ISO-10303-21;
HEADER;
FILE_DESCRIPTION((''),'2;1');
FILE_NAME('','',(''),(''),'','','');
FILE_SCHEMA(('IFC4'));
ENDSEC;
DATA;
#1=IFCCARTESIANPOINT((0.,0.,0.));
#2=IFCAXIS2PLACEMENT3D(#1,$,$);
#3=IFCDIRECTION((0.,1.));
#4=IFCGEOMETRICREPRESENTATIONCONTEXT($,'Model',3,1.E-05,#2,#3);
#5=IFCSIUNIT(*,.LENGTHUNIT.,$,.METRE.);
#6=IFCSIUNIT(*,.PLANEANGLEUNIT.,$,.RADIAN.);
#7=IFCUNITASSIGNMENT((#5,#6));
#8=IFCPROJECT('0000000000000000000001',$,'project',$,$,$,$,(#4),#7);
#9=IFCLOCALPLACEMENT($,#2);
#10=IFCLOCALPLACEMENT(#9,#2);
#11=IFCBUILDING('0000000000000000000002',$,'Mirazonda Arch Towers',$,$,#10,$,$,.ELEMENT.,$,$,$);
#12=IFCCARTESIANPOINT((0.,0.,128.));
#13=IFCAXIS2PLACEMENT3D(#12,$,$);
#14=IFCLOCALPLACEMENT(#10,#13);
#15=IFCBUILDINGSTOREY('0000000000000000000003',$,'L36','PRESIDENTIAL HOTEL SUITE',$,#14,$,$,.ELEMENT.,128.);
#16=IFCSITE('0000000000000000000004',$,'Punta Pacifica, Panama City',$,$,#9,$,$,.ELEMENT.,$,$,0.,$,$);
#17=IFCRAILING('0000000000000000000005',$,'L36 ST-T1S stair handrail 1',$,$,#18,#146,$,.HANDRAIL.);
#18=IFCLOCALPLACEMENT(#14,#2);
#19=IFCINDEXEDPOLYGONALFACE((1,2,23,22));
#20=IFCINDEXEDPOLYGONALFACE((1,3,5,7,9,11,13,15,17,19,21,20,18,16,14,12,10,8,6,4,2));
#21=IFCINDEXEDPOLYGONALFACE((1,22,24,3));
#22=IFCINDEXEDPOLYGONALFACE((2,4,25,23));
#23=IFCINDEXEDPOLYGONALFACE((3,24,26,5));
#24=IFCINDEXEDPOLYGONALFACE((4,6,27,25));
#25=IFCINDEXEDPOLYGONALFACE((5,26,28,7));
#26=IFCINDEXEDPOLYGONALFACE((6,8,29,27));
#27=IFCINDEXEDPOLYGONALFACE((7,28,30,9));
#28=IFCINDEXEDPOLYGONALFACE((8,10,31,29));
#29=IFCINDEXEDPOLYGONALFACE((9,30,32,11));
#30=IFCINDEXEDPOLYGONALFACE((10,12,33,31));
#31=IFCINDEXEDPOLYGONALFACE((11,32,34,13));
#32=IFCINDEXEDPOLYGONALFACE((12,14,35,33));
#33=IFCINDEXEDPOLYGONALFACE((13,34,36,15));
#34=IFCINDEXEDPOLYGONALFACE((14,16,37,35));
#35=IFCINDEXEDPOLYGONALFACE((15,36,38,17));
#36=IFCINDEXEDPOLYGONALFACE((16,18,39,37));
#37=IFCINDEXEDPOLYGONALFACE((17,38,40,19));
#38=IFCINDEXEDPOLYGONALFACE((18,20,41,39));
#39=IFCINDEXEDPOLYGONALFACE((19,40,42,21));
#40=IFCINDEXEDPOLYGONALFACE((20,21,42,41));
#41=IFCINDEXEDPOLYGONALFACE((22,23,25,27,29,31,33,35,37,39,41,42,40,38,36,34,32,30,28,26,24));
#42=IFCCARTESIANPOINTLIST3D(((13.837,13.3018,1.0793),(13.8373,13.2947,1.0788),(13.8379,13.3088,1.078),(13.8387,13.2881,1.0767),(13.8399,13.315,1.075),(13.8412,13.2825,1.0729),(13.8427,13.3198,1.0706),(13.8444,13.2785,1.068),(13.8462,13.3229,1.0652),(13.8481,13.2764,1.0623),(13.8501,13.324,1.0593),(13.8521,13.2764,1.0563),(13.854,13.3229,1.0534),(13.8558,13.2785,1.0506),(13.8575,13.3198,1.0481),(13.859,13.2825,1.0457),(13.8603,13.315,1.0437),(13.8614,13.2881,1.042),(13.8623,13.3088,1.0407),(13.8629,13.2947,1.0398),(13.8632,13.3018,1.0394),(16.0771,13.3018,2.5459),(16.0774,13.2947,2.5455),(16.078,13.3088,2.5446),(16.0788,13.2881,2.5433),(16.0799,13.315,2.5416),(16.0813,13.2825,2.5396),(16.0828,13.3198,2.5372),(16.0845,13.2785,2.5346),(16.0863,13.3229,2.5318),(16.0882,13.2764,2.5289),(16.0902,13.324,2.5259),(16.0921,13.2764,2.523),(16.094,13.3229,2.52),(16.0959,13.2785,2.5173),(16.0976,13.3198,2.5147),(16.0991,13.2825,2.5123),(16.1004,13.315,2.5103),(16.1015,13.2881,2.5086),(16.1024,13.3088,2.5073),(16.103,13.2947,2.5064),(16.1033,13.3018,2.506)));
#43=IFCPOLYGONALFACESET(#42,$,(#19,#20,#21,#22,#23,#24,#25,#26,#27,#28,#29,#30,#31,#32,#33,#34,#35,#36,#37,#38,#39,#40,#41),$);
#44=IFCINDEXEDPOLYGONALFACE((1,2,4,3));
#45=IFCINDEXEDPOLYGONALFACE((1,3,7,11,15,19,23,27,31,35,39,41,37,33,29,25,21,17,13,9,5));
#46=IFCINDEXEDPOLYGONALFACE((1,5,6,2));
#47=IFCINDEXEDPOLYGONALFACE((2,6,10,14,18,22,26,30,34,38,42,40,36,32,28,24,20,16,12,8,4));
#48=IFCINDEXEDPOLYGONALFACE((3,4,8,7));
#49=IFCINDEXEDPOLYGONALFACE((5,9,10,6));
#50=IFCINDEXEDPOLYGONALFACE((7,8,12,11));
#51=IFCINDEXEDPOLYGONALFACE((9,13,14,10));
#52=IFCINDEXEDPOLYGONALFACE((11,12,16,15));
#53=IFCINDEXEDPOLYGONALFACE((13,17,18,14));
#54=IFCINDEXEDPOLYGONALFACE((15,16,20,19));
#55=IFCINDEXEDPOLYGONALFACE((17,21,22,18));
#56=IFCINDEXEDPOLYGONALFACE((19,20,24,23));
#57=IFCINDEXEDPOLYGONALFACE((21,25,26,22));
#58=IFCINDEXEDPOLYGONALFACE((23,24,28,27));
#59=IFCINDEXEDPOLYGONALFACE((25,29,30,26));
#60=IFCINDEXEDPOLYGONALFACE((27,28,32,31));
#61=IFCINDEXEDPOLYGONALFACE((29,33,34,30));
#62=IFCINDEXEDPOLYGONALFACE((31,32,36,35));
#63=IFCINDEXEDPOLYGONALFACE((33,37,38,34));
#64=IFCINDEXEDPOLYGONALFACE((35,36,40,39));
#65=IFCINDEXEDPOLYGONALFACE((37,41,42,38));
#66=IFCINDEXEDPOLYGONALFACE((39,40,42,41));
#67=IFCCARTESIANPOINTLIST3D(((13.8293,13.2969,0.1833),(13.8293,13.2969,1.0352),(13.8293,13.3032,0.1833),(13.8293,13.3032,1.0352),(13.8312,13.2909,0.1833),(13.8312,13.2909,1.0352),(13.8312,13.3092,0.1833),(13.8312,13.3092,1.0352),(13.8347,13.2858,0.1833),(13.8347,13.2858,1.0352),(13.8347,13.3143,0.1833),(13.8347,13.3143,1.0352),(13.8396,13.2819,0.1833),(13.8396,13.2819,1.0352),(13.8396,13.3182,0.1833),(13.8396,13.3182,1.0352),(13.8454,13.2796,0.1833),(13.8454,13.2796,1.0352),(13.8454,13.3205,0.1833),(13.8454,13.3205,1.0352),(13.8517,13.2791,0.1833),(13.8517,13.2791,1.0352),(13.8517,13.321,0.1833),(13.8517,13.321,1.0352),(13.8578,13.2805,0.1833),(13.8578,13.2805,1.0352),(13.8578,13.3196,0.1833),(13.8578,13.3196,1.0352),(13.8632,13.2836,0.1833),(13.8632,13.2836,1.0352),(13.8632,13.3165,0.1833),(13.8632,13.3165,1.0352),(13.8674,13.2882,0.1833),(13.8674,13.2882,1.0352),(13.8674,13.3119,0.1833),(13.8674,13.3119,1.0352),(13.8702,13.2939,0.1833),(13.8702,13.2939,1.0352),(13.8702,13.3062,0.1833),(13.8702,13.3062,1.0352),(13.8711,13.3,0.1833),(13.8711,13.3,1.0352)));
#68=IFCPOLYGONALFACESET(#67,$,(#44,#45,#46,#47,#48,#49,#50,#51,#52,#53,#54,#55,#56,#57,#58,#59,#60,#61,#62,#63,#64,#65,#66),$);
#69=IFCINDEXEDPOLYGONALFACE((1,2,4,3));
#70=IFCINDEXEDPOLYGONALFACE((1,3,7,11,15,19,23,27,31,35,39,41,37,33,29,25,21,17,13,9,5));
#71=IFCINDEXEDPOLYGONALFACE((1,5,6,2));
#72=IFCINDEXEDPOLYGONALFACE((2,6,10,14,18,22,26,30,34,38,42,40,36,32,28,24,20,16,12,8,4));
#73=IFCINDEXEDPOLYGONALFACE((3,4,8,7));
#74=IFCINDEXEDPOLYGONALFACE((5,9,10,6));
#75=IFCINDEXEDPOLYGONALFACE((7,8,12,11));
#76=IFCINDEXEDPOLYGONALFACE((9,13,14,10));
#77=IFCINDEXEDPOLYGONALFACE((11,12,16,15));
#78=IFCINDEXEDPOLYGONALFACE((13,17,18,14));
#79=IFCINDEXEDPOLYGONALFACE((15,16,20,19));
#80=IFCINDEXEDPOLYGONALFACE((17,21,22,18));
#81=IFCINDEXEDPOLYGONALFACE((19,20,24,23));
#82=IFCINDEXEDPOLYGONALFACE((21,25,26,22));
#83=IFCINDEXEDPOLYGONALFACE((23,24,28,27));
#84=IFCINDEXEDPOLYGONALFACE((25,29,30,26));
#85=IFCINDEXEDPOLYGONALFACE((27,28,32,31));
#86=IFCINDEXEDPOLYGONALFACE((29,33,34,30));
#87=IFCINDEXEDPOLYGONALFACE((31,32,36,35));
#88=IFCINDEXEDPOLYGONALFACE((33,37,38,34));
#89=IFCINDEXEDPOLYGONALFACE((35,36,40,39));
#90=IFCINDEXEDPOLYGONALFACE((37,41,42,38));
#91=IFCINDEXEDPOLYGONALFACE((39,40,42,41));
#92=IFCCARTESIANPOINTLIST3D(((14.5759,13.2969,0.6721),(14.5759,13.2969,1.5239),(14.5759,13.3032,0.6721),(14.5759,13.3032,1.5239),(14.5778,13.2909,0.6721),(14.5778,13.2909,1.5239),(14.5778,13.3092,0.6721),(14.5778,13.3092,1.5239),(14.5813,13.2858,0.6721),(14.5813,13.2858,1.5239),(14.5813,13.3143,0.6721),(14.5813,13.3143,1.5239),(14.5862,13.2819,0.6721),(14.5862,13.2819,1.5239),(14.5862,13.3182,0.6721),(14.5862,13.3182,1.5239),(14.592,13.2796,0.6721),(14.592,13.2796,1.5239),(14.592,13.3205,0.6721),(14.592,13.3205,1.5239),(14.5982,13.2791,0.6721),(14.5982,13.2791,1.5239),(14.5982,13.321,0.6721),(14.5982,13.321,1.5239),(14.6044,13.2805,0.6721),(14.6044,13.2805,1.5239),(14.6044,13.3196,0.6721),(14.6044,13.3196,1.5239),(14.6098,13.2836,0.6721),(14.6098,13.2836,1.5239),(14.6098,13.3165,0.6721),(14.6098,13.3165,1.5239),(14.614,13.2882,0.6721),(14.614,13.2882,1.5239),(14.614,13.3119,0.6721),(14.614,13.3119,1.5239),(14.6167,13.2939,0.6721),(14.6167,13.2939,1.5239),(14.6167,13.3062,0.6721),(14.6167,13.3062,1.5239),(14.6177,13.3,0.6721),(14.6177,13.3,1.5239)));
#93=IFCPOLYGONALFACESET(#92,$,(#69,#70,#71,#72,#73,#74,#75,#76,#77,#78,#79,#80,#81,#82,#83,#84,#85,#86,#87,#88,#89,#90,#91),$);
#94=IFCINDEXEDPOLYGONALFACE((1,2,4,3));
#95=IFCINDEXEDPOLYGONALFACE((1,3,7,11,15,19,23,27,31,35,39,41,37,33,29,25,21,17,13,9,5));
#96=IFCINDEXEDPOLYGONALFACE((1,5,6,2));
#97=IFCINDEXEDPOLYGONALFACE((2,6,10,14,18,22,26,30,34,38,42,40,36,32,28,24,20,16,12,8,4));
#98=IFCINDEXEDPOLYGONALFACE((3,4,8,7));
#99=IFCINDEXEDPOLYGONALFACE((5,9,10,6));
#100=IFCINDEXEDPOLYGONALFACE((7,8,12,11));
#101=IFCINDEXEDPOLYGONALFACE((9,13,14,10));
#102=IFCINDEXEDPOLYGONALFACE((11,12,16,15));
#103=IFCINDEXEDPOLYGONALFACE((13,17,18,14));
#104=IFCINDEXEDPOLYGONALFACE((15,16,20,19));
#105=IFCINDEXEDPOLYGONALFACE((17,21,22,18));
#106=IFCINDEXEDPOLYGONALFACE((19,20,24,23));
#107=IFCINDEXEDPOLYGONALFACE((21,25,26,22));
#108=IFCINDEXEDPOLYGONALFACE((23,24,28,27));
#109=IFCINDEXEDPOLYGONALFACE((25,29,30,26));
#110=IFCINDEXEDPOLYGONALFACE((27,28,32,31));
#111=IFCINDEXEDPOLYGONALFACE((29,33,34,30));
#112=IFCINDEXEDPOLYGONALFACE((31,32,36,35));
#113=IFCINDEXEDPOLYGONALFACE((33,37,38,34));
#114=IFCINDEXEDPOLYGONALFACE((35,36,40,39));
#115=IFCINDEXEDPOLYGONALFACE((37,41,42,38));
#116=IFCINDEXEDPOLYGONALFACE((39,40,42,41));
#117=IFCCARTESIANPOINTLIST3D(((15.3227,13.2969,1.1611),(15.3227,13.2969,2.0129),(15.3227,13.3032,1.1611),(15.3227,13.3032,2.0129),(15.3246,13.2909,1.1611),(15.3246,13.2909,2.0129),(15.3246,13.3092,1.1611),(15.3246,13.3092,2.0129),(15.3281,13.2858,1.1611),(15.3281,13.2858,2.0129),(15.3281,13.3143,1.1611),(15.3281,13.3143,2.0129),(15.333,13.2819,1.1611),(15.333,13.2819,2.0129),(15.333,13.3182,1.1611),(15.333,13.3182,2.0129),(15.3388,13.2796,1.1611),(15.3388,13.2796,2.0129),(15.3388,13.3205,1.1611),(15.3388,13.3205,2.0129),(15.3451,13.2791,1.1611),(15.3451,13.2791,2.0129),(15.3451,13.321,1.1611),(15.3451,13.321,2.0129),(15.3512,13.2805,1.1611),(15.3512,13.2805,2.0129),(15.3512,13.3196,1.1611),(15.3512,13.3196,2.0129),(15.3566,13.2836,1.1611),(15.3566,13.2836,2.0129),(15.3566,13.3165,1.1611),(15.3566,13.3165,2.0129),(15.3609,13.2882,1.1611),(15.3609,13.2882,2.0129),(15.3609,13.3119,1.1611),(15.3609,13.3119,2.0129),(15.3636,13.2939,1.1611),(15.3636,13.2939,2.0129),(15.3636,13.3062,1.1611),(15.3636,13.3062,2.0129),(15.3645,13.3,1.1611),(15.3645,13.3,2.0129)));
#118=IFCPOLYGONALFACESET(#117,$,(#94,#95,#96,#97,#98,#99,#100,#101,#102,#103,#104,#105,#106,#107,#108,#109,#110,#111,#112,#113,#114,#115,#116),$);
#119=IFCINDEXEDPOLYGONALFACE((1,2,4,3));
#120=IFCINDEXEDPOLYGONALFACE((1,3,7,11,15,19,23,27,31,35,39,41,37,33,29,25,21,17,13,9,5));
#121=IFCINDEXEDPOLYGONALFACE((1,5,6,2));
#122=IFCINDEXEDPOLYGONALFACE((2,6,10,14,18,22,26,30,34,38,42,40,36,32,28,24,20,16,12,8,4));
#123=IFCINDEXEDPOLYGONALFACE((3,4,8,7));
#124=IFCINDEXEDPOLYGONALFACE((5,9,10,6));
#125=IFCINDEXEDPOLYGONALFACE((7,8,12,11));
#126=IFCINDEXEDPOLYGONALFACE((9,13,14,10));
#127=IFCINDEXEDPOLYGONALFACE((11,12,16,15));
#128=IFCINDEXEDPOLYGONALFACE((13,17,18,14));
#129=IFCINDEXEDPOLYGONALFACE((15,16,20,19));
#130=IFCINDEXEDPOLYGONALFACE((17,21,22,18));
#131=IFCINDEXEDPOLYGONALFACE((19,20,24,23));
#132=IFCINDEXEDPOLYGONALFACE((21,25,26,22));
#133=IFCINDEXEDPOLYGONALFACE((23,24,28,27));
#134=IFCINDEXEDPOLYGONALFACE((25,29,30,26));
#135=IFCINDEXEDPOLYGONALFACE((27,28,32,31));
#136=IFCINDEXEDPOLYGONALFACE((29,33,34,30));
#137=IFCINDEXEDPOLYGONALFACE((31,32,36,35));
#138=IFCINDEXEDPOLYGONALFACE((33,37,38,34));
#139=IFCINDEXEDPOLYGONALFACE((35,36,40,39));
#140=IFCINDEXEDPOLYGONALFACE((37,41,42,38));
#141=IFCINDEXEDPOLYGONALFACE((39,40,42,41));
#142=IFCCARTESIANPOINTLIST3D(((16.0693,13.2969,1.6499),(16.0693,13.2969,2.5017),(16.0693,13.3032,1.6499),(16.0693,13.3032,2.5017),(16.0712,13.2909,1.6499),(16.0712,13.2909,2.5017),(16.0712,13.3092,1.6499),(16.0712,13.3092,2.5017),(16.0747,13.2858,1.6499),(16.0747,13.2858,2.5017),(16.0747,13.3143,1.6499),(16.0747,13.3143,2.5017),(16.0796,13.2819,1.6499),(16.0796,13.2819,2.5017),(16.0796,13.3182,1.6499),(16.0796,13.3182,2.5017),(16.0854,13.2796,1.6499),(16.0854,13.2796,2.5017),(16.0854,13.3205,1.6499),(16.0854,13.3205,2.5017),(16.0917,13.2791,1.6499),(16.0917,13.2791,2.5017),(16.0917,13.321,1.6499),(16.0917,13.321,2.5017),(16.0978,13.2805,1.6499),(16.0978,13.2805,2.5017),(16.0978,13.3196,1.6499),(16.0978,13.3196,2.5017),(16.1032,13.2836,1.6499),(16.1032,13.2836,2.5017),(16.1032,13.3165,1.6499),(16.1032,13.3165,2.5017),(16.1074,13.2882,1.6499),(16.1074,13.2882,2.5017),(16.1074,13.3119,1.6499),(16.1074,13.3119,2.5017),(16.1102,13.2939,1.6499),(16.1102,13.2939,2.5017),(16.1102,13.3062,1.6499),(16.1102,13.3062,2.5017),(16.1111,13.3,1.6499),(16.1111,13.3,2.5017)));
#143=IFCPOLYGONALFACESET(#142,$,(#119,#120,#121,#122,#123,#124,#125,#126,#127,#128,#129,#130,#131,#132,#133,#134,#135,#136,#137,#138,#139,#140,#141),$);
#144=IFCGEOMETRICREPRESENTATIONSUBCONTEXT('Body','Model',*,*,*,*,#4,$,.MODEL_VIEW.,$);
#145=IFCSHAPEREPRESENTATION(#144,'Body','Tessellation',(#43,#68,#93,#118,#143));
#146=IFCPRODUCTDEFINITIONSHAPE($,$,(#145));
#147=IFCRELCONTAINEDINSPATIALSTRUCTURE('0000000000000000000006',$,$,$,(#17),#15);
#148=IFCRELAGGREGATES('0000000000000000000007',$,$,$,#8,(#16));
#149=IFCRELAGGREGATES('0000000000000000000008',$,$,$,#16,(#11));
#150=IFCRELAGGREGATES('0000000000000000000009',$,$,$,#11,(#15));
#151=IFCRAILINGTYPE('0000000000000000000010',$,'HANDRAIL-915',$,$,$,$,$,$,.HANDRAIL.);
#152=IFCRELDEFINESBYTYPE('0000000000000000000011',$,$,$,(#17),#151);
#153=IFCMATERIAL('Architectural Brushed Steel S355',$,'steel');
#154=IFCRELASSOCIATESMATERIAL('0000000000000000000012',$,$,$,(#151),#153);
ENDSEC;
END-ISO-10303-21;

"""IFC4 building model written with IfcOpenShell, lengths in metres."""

from ifc_helpers import new_model, si_unit, direction, frame, origin, origin_2d, place, context, subcontext, project, spatial, circle, extrude, material, type_object, element, save


model = new_model("IFC4")

# Units and contexts
model_context = context("Model", 3, precision=1e-05, world=origin(), true_north=direction((0.0, 1.0)))
body_context = subcontext(model_context, "Body", "Model", "MODEL_VIEW")
ifc_project = project(units=[si_unit("LENGTHUNIT", "METRE"), si_unit("PLANEANGLEUNIT", "RADIAN")], contexts=[model_context])

# Site, building, storey
site_placement = place(None, origin())
site = spatial("IfcSite", under=ifc_project, at=site_placement, Name="Punta Pacifica, Panama City", CompositionType="ELEMENT", RefElevation=0.0)
building_placement = place(site_placement, origin())
building = spatial("IfcBuilding", under=site, at=building_placement, Name="Mirazonda Arch Towers", CompositionType="ELEMENT")
storey_placement = place(building_placement, frame((0.0, 0.0, 128.0)))
storey = spatial("IfcBuildingStorey", under=building, at=storey_placement, Name="L36", Description="PRESIDENTIAL HOTEL SUITE", CompositionType="ELEMENT", Elevation=128.0)

# Shared definitions
ifc_material_1 = material(Name="Architectural Brushed Steel S355", Category="steel")

# Railing
railing_type_1 = type_object("IfcRailingType", Name="HANDRAIL-915", PredefinedType="HANDRAIL", material=ifc_material_1)
railing_1_placement = place(storey_placement, frame((13.8501, 13.3, 0.1833)))
element("IfcRailing", 1, at=railing_1_placement, inside=storey, type_object=railing_type_1, Name="L36 ST-T1S stair handrail 1", PredefinedType="HANDRAIL", context=body_context, shape_type="SweptSolid", body=[
    extrude(circle(Radius=0.0239, at=origin_2d()), frame((0.0, 0.0, 0.876), z_axis=(0.836637, 0.0, 0.547758), x_axis=(0.0, 1.0, 0.0)), (0.0, 0.0, 1.0), 2.6775),
    extrude(circle(Radius=0.021, at=origin_2d()), origin(), (0.0, 0.0, 1.0), 0.8518),
    extrude(circle(Radius=0.021, at=origin_2d()), frame((0.7466, 0.0, 0.4888)), (0.0, 0.0, 1.0), 0.8518),
    extrude(circle(Radius=0.021, at=origin_2d()), frame((1.4934, 0.0, 0.9778)), (0.0, 0.0, 1.0), 0.8518),
    extrude(circle(Radius=0.021, at=origin_2d()), frame((2.24, 0.0, 1.4666)), (0.0, 0.0, 1.0), 0.8518),
])

save(model, "model.ifc")
